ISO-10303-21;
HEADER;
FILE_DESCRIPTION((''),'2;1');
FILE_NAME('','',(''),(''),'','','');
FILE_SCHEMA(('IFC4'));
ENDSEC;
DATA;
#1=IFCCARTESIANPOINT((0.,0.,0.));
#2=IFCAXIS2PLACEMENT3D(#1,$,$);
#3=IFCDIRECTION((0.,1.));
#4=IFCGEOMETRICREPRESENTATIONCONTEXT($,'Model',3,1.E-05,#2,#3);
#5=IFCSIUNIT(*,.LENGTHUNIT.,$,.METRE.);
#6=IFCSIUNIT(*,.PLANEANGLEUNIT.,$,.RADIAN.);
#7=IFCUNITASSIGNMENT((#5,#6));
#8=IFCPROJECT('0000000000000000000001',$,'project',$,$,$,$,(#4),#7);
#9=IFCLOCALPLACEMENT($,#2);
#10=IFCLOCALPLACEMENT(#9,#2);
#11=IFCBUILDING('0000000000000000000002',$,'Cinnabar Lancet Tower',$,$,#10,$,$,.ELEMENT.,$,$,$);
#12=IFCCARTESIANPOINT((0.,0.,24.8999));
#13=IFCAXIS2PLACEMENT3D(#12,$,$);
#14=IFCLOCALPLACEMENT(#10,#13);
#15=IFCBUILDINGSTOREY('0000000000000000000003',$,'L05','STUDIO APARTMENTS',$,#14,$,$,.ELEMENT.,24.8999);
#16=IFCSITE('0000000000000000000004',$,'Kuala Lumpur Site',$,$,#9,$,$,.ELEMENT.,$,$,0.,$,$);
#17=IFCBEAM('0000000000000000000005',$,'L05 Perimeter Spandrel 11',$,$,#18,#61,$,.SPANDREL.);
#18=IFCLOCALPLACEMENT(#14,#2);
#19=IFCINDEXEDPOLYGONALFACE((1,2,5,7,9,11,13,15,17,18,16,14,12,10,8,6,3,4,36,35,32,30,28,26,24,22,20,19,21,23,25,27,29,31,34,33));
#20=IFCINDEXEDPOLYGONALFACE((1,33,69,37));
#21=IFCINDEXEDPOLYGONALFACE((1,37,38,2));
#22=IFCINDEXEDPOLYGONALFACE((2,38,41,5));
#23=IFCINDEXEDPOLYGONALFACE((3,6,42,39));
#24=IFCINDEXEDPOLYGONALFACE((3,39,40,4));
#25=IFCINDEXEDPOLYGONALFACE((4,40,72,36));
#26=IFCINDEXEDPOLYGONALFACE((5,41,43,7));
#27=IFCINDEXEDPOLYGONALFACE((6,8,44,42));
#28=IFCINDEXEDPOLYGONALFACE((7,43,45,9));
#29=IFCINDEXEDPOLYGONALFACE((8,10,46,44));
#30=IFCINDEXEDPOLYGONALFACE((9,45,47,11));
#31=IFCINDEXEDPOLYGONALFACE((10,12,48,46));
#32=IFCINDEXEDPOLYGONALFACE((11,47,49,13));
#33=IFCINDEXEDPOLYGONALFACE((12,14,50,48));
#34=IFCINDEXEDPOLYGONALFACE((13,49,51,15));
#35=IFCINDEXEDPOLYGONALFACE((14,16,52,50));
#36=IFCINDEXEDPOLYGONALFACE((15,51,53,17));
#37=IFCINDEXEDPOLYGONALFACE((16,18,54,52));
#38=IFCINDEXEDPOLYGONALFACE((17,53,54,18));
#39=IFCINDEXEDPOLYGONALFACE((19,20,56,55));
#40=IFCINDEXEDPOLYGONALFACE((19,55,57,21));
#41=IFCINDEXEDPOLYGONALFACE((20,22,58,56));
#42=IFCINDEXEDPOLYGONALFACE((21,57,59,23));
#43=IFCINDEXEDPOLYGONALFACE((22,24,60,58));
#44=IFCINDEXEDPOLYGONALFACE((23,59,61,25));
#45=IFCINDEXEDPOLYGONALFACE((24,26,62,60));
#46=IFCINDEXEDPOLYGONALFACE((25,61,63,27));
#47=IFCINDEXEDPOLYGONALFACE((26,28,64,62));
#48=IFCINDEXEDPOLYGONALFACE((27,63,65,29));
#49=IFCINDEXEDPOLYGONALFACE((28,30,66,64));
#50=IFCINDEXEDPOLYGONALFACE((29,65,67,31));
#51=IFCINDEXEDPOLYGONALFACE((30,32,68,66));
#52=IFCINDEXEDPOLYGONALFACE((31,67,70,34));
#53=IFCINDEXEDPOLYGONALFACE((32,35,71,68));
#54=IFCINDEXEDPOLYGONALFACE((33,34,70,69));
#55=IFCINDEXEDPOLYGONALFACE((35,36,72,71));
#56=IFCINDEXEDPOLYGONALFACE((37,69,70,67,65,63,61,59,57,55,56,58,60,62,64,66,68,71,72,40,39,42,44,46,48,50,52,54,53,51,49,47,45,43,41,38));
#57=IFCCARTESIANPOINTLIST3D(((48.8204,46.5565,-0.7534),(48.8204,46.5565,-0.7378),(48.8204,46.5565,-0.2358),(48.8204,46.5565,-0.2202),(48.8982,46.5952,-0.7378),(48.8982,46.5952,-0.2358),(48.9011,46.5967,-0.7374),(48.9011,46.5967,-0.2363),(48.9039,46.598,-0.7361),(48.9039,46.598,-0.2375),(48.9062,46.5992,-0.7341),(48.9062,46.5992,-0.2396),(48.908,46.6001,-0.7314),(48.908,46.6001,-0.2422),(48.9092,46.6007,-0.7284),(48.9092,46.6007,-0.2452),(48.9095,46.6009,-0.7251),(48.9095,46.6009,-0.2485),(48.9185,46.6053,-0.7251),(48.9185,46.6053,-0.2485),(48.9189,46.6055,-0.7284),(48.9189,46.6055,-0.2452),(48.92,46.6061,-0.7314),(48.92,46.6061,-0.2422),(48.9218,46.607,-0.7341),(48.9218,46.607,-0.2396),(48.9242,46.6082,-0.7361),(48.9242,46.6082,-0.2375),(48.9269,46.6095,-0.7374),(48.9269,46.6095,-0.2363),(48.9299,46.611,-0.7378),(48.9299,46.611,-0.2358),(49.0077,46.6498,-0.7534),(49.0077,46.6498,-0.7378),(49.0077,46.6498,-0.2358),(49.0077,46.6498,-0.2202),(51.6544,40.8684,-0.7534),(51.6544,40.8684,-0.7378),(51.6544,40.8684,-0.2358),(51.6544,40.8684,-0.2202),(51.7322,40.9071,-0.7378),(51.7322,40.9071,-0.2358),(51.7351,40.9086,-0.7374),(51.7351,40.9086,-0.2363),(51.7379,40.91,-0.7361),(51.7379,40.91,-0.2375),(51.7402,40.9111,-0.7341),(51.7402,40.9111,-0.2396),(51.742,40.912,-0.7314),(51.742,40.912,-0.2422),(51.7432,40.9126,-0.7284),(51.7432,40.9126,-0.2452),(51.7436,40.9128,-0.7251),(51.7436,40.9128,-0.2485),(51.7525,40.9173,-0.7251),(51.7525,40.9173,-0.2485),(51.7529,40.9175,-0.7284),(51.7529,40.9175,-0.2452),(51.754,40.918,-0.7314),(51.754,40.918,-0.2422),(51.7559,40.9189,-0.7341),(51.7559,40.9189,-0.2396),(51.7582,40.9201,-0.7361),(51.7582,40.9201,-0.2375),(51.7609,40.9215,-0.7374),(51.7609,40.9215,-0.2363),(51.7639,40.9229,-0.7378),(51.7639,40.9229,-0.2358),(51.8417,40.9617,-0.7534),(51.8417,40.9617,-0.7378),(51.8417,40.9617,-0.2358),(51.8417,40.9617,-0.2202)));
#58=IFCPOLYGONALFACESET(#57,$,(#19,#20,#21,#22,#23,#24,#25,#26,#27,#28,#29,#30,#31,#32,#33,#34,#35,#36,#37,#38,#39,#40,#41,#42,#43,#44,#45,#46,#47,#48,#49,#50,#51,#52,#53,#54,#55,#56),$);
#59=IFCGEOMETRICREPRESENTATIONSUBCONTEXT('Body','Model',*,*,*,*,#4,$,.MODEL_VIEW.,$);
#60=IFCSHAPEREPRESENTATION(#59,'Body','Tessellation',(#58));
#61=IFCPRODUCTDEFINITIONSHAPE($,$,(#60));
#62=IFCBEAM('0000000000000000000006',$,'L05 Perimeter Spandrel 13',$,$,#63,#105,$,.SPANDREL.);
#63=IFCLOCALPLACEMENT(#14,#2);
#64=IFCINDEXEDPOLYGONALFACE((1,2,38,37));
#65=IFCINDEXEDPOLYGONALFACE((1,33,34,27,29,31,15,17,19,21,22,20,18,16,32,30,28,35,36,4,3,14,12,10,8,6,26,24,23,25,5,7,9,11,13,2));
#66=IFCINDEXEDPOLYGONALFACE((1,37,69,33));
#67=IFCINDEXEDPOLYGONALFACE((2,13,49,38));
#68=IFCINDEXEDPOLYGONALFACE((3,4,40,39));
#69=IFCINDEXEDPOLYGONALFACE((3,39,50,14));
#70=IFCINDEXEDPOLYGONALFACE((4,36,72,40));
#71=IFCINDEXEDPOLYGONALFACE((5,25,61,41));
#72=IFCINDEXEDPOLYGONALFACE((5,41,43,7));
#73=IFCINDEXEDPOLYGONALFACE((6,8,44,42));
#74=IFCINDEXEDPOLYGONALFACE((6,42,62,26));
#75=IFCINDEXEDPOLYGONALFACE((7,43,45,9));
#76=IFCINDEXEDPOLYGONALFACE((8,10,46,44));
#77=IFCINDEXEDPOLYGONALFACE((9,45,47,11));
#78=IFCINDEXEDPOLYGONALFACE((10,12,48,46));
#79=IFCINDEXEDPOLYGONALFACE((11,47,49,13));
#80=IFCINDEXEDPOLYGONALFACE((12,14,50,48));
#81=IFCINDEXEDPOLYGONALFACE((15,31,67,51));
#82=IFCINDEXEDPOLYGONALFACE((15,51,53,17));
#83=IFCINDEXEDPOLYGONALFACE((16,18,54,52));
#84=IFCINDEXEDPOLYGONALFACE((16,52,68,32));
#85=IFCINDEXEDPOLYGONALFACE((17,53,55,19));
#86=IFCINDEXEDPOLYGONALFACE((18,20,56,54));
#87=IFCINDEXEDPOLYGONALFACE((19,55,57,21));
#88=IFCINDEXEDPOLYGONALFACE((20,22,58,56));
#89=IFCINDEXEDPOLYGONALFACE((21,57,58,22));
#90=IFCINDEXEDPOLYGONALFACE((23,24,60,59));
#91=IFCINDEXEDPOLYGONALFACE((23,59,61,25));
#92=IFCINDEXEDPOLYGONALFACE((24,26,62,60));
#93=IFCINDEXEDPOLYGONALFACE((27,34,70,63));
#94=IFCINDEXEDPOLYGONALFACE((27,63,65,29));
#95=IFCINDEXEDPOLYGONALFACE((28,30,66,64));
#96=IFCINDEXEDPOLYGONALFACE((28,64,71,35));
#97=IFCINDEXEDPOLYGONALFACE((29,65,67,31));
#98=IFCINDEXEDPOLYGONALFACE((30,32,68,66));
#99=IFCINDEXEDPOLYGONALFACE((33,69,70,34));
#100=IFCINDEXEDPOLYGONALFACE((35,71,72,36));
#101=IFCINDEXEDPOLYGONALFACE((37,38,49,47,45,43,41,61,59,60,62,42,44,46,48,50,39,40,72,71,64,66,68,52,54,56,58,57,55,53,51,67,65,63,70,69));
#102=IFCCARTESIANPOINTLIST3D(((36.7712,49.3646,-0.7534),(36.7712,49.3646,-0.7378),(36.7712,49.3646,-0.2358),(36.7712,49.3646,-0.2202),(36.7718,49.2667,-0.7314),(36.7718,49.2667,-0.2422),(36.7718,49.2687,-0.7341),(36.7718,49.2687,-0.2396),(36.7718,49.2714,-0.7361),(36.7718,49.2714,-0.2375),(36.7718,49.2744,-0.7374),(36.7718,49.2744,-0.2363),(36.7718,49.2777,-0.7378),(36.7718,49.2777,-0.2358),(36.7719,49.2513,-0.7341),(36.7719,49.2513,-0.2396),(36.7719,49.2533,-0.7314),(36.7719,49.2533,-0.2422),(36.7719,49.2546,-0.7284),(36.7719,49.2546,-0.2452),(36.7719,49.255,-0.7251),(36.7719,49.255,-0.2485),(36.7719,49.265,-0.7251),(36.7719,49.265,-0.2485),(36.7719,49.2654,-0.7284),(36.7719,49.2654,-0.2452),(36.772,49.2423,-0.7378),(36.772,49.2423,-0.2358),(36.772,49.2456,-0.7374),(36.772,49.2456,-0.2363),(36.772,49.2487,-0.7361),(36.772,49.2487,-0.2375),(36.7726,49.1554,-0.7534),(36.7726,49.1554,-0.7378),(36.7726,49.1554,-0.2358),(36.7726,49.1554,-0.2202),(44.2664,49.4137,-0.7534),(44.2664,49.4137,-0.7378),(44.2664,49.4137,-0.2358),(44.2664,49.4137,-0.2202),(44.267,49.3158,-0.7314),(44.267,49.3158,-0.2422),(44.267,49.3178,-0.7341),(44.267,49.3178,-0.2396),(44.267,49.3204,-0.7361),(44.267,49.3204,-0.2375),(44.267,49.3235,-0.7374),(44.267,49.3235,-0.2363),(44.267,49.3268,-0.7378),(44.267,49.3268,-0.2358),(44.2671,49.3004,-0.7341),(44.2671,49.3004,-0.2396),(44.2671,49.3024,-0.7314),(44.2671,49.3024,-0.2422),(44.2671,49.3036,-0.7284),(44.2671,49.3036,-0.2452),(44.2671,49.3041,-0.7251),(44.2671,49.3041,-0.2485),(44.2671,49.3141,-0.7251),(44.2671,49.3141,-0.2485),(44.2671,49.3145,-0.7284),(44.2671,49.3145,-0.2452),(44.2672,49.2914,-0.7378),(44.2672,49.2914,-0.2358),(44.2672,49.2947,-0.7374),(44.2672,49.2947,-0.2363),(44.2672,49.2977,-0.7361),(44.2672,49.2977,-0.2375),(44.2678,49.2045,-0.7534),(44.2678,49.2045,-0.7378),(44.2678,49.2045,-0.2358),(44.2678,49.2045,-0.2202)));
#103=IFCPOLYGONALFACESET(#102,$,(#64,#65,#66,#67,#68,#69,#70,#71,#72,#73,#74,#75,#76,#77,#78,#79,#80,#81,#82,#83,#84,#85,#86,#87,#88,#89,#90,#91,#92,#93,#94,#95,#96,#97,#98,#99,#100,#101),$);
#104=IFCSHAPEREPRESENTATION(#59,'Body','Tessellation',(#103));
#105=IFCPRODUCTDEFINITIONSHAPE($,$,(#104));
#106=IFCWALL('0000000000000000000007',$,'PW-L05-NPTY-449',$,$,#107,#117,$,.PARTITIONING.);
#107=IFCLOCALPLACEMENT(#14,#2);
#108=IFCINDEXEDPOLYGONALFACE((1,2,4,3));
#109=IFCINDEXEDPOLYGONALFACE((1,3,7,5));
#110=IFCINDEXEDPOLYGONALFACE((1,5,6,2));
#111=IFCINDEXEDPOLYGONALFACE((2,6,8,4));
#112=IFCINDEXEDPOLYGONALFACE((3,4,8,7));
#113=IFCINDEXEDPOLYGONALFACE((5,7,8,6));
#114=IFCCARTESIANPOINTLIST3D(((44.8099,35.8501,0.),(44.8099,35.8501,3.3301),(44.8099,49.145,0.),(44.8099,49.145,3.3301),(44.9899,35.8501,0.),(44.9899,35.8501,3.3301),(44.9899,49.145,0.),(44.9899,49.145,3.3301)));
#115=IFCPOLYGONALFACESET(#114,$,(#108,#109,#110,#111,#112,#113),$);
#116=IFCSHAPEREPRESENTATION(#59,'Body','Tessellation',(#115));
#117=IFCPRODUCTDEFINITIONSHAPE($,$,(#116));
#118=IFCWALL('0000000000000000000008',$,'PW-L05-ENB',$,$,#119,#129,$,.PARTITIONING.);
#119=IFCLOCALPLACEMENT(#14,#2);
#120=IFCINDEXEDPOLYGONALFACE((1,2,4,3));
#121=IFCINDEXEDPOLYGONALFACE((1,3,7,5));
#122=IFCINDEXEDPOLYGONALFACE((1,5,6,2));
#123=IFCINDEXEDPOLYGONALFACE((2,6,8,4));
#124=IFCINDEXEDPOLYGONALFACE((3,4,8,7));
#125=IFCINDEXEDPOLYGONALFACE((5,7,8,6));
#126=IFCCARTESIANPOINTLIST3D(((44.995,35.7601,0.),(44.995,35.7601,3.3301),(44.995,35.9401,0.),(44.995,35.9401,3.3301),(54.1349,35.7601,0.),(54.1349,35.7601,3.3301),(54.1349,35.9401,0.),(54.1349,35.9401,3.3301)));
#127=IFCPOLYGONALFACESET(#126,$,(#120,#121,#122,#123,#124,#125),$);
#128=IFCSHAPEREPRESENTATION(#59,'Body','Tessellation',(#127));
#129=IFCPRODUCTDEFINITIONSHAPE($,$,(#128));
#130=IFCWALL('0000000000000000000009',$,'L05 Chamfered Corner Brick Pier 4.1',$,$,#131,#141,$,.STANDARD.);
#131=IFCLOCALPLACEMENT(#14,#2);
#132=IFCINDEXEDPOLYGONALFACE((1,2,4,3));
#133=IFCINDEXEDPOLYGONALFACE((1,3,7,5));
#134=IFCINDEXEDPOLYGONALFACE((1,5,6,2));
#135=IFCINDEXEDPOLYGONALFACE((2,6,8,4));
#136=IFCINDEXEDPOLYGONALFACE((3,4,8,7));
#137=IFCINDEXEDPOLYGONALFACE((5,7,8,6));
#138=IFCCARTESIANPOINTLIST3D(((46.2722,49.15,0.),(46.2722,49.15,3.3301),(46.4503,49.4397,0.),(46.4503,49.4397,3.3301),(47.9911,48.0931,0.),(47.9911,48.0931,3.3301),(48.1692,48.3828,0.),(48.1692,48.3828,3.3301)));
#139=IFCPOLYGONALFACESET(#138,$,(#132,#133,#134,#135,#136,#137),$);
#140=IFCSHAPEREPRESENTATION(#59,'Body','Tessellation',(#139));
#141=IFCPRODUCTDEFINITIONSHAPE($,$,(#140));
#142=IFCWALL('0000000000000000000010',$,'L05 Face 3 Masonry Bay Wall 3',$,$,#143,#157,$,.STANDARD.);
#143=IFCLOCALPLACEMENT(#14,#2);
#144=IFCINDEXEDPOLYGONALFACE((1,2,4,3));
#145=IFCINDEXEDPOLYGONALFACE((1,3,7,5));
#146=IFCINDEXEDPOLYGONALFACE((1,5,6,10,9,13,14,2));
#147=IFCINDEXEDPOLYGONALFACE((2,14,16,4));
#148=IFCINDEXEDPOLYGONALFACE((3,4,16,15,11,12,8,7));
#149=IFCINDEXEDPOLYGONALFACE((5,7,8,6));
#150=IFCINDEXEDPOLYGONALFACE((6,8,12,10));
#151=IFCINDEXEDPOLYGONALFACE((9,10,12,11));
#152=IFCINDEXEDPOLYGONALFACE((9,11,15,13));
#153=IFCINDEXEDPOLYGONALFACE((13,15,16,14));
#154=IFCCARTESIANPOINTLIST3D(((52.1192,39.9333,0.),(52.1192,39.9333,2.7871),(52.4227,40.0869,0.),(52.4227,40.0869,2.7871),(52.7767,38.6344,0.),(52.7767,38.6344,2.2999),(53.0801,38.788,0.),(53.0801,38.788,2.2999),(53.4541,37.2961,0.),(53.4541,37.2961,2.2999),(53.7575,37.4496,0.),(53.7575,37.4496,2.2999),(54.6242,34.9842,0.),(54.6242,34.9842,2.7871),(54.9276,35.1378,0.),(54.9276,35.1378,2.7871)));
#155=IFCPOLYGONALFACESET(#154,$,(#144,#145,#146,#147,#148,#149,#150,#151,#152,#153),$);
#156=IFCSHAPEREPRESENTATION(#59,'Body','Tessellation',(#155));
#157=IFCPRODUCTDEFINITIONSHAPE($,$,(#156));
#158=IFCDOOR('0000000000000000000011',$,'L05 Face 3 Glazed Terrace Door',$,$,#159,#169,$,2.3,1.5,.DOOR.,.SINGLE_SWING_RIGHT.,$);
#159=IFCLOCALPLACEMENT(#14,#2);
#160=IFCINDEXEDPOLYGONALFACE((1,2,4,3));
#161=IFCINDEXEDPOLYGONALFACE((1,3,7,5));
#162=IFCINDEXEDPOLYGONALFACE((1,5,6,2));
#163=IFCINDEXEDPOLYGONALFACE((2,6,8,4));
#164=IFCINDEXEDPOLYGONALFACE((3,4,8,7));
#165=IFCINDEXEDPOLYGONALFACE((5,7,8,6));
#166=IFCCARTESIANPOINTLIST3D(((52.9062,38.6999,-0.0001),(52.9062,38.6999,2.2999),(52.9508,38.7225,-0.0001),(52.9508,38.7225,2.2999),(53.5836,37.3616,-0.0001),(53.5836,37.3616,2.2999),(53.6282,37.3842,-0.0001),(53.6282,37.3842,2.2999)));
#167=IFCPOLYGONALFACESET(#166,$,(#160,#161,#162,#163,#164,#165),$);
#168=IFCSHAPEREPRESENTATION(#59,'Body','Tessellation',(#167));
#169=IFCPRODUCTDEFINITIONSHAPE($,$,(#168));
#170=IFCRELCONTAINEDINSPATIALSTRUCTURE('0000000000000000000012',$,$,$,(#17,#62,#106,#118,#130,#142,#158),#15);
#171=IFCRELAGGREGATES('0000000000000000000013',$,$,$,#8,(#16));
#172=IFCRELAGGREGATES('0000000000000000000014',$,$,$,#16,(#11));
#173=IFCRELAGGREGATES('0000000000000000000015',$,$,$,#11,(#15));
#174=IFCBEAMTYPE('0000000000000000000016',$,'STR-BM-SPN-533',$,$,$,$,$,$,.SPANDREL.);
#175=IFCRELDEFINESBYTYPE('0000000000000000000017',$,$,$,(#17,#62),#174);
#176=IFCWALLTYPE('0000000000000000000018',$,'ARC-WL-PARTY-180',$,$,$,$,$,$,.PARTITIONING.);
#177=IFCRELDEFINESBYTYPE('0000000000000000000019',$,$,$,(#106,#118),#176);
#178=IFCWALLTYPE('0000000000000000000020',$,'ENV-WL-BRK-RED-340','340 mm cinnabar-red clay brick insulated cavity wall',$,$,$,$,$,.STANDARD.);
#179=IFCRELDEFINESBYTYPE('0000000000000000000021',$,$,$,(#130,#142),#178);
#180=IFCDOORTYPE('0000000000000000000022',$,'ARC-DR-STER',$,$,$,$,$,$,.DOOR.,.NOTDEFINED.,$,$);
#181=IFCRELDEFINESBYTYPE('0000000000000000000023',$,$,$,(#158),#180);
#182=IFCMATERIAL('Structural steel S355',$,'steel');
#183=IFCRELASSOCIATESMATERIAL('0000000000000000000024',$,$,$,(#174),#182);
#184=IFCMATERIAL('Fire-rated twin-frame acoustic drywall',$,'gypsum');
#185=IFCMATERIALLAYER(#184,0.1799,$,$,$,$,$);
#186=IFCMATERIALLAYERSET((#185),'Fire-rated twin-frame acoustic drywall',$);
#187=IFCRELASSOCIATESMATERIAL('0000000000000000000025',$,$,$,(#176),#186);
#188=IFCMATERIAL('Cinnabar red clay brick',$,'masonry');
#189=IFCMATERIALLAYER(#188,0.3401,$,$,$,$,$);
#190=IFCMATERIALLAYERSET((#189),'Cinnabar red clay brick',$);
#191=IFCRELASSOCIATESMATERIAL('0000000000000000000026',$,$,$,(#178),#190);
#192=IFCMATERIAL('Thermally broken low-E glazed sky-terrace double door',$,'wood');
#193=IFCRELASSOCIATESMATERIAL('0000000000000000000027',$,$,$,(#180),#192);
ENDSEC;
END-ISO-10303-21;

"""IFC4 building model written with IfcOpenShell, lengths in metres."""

from ifc_helpers import new_model, si_unit, direction, frame, frame_2d, origin, origin_2d, place, context, subcontext, project, spatial, rectangle, i_section, extrude, material, layer, layer_set, material_profile, profile_set, type_object, element, fill, save


model = new_model("IFC4")

# Units and contexts
model_context = context("Model", 3, precision=1e-05, world=origin(), true_north=direction((0.0, 1.0)))
body_context = subcontext(model_context, "Body", "Model", "MODEL_VIEW")
ifc_project = project(units=[si_unit("LENGTHUNIT", "METRE"), si_unit("PLANEANGLEUNIT", "RADIAN")], contexts=[model_context])

# Site, building, storey
site_placement = place(None, origin())
site = spatial("IfcSite", under=ifc_project, at=site_placement, Name="Kuala Lumpur Site", CompositionType="ELEMENT", RefElevation=0.0)
building_placement = place(site_placement, origin())
building = spatial("IfcBuilding", under=site, at=building_placement, Name="Cinnabar Lancet Tower", CompositionType="ELEMENT")
storey_placement = place(building_placement, frame((0.0, 0.0, 24.8999)))
storey = spatial("IfcBuildingStorey", under=building, at=storey_placement, Name="L05", Description="STUDIO APARTMENTS", CompositionType="ELEMENT", Elevation=24.8999)

# Beams
ifc_material_1 = material(Name="Structural steel S355", Category="steel")
ifc_material_profile_1 = material_profile(ifc_material_1, i_section(OverallWidth=0.2092, OverallDepth=0.5332, WebThickness=0.01, FlangeThickness=0.0156, FilletRadius=0.0127, at=origin_2d()), Name="UKB 533x210x92")
ifc_profile_set_1 = profile_set([ifc_material_profile_1], Name="Structural steel S355")
beam_type_1 = type_object("IfcBeamType", Name="STR-BM-SPN-533", PredefinedType="SPANDREL", material=ifc_profile_set_1)
beam_1_placement = place(storey_placement, frame((51.748, 40.915, -0.4868), z_axis=(-0.445953, 0.895056, 0.0), x_axis=(-0.895056, -0.445953, 0.0)))
element("IfcBeam", 1, at=beam_1_placement, inside=storey, type_object=beam_type_1, Name="L05 Perimeter Spandrel 11", PredefinedType="SPANDREL", context=body_context, shape_type="SweptSolid", body=[
    extrude(i_section(OverallWidth=0.2092, OverallDepth=0.5332, WebThickness=0.01, FlangeThickness=0.0156, FilletRadius=0.0127, at=origin_2d()), origin(), (0.0, 0.0, 1.0), 6.355),
])
beam_2_placement = place(storey_placement, frame((44.2671, 49.3091, -0.4868), z_axis=(-0.999979, -0.006547, 0.0), x_axis=(0.006547, -0.999979, 0.0)))
element("IfcBeam", 2, at=beam_2_placement, inside=storey, type_object=beam_type_1, Name="L05 Perimeter Spandrel 13", PredefinedType="SPANDREL", context=body_context, shape_type="SweptSolid", body=[
    extrude(i_section(OverallWidth=0.2092, OverallDepth=0.5332, WebThickness=0.01, FlangeThickness=0.0156, FilletRadius=0.0127, at=origin_2d()), origin(), (0.0, 0.0, 1.0), 7.4954),
])

# Walls
ifc_material_2 = material(Name="Fire-rated twin-frame acoustic drywall", Category="gypsum")
ifc_layer_1 = layer(ifc_material_2, 0.1799)
ifc_layer_set_1 = layer_set([ifc_layer_1], Name="Fire-rated twin-frame acoustic drywall")
wall_type_1 = type_object("IfcWallType", Name="ARC-WL-PARTY-180", PredefinedType="PARTITIONING", material=ifc_layer_set_1)
wall_1_placement = place(storey_placement, frame((44.8999, 35.8501, 0.0), z_axis=(0.0, 0.0, 1.0), x_axis=(0.0, 1.0, 0.0)))
element("IfcWall", 3, at=wall_1_placement, inside=storey, type_object=wall_type_1, Name="PW-L05-NPTY-449", PredefinedType="PARTITIONING", context=body_context, shape_type="SweptSolid", body=[
    extrude(rectangle(XDim=13.2949, YDim=0.1799, at=frame_2d((6.6475, 0.0))), origin(), (0.0, 0.0, 1.0), 3.3301),
])
wall_2_placement = place(storey_placement, frame((44.9951, 35.8501, 0.0), z_axis=(0.0, 0.0, 1.0), x_axis=(1.0, 0.0, 0.0)))
element("IfcWall", 4, at=wall_2_placement, inside=storey, type_object=wall_type_1, Name="PW-L05-ENB", PredefinedType="PARTITIONING", context=body_context, shape_type="SweptSolid", body=[
    extrude(rectangle(XDim=9.1399, YDim=0.1799, at=frame_2d((4.5698, 0.0))), origin(), (0.0, 0.0, 1.0), 3.3301),
])
ifc_material_3 = material(Name="Cinnabar red clay brick", Category="masonry")
ifc_layer_2 = layer(ifc_material_3, 0.3401)
ifc_layer_set_2 = layer_set([ifc_layer_2], Name="Cinnabar red clay brick")
wall_type_2 = type_object("IfcWallType", Name="ENV-WL-BRK-RED-340", Description="340 mm cinnabar-red clay brick insulated cavity wall", PredefinedType="STANDARD", material=ifc_layer_set_2)
wall_3_placement = place(storey_placement, frame((48.0801, 48.238, 0.0), z_axis=(0.0, 0.0, 1.0), x_axis=(-0.85187, 0.523753, 0.0)))
element("IfcWall", 5, at=wall_3_placement, inside=storey, type_object=wall_type_2, Name="L05 Chamfered Corner Brick Pier 4.1", PredefinedType="STANDARD", context=body_context, shape_type="SweptSolid", body=[
    extrude(rectangle(XDim=2.0178, YDim=0.3401, at=frame_2d((1.0088, 0.0))), origin(), (0.0, 0.0, 1.0), 3.3301),
])

# Wall, opening, door
wall_4_placement = place(storey_placement, frame((54.7759, 35.061, 0.0), z_axis=(0.0, 0.0, 1.0), x_axis=(-0.451592, 0.892225, 0.0)))
wall_4 = element("IfcWall", 6, at=wall_4_placement, inside=storey, type_object=wall_type_2, Name="L05 Face 3 Masonry Bay Wall 3", PredefinedType="STANDARD", context=body_context, shape_type="SweptSolid", body=[
    extrude(rectangle(XDim=5.5469, YDim=0.3401, at=frame_2d((2.7734, 0.0))), origin(), (0.0, 0.0, 1.0), 2.7871),
])
opening_1_placement = place(wall_4_placement, frame((2.5911, 0.0, 0.0)))
opening_1 = element("IfcOpeningElement", 7, at=opening_1_placement, cuts=wall_4, PredefinedType="OPENING", context=body_context, shape_type="SweptSolid", body=[
    extrude(rectangle(XDim=1.5, YDim=2.3, at=frame_2d((0.75, 1.1499))), frame((0.0, 0.1799, 0.0), z_axis=(0.0, -1.0, 0.0), x_axis=(1.0, 0.0, 0.0)), (0.0, 0.0, 1.0), 0.3601),
])
ifc_material_4 = material(Name="Thermally broken low-E glazed sky-terrace double door", Category="wood")
door_type = type_object("IfcDoorType", Name="ARC-DR-STER", OperationType="NOTDEFINED", PredefinedType="DOOR", material=ifc_material_4)
door_placement = place(opening_1_placement, origin())
door = element("IfcDoor", 8, at=door_placement, inside=storey, type_object=door_type, Name="L05 Face 3 Glazed Terrace Door", OperationType="SINGLE_SWING_RIGHT", OverallHeight=2.3, OverallWidth=1.5, PredefinedType="DOOR", context=body_context, shape_type="SweptSolid", body=[
    extrude(rectangle(XDim=1.5, YDim=2.3, at=frame_2d((0.75, 1.1499))), frame((0.0, 0.0249, 0.0), z_axis=(0.0, -1.0, 0.0), x_axis=(1.0, 0.0, 0.0)), (0.0, 0.0, 1.0), 0.05),
])
fill(opening_1, door)

save(model, "model.ifc")
